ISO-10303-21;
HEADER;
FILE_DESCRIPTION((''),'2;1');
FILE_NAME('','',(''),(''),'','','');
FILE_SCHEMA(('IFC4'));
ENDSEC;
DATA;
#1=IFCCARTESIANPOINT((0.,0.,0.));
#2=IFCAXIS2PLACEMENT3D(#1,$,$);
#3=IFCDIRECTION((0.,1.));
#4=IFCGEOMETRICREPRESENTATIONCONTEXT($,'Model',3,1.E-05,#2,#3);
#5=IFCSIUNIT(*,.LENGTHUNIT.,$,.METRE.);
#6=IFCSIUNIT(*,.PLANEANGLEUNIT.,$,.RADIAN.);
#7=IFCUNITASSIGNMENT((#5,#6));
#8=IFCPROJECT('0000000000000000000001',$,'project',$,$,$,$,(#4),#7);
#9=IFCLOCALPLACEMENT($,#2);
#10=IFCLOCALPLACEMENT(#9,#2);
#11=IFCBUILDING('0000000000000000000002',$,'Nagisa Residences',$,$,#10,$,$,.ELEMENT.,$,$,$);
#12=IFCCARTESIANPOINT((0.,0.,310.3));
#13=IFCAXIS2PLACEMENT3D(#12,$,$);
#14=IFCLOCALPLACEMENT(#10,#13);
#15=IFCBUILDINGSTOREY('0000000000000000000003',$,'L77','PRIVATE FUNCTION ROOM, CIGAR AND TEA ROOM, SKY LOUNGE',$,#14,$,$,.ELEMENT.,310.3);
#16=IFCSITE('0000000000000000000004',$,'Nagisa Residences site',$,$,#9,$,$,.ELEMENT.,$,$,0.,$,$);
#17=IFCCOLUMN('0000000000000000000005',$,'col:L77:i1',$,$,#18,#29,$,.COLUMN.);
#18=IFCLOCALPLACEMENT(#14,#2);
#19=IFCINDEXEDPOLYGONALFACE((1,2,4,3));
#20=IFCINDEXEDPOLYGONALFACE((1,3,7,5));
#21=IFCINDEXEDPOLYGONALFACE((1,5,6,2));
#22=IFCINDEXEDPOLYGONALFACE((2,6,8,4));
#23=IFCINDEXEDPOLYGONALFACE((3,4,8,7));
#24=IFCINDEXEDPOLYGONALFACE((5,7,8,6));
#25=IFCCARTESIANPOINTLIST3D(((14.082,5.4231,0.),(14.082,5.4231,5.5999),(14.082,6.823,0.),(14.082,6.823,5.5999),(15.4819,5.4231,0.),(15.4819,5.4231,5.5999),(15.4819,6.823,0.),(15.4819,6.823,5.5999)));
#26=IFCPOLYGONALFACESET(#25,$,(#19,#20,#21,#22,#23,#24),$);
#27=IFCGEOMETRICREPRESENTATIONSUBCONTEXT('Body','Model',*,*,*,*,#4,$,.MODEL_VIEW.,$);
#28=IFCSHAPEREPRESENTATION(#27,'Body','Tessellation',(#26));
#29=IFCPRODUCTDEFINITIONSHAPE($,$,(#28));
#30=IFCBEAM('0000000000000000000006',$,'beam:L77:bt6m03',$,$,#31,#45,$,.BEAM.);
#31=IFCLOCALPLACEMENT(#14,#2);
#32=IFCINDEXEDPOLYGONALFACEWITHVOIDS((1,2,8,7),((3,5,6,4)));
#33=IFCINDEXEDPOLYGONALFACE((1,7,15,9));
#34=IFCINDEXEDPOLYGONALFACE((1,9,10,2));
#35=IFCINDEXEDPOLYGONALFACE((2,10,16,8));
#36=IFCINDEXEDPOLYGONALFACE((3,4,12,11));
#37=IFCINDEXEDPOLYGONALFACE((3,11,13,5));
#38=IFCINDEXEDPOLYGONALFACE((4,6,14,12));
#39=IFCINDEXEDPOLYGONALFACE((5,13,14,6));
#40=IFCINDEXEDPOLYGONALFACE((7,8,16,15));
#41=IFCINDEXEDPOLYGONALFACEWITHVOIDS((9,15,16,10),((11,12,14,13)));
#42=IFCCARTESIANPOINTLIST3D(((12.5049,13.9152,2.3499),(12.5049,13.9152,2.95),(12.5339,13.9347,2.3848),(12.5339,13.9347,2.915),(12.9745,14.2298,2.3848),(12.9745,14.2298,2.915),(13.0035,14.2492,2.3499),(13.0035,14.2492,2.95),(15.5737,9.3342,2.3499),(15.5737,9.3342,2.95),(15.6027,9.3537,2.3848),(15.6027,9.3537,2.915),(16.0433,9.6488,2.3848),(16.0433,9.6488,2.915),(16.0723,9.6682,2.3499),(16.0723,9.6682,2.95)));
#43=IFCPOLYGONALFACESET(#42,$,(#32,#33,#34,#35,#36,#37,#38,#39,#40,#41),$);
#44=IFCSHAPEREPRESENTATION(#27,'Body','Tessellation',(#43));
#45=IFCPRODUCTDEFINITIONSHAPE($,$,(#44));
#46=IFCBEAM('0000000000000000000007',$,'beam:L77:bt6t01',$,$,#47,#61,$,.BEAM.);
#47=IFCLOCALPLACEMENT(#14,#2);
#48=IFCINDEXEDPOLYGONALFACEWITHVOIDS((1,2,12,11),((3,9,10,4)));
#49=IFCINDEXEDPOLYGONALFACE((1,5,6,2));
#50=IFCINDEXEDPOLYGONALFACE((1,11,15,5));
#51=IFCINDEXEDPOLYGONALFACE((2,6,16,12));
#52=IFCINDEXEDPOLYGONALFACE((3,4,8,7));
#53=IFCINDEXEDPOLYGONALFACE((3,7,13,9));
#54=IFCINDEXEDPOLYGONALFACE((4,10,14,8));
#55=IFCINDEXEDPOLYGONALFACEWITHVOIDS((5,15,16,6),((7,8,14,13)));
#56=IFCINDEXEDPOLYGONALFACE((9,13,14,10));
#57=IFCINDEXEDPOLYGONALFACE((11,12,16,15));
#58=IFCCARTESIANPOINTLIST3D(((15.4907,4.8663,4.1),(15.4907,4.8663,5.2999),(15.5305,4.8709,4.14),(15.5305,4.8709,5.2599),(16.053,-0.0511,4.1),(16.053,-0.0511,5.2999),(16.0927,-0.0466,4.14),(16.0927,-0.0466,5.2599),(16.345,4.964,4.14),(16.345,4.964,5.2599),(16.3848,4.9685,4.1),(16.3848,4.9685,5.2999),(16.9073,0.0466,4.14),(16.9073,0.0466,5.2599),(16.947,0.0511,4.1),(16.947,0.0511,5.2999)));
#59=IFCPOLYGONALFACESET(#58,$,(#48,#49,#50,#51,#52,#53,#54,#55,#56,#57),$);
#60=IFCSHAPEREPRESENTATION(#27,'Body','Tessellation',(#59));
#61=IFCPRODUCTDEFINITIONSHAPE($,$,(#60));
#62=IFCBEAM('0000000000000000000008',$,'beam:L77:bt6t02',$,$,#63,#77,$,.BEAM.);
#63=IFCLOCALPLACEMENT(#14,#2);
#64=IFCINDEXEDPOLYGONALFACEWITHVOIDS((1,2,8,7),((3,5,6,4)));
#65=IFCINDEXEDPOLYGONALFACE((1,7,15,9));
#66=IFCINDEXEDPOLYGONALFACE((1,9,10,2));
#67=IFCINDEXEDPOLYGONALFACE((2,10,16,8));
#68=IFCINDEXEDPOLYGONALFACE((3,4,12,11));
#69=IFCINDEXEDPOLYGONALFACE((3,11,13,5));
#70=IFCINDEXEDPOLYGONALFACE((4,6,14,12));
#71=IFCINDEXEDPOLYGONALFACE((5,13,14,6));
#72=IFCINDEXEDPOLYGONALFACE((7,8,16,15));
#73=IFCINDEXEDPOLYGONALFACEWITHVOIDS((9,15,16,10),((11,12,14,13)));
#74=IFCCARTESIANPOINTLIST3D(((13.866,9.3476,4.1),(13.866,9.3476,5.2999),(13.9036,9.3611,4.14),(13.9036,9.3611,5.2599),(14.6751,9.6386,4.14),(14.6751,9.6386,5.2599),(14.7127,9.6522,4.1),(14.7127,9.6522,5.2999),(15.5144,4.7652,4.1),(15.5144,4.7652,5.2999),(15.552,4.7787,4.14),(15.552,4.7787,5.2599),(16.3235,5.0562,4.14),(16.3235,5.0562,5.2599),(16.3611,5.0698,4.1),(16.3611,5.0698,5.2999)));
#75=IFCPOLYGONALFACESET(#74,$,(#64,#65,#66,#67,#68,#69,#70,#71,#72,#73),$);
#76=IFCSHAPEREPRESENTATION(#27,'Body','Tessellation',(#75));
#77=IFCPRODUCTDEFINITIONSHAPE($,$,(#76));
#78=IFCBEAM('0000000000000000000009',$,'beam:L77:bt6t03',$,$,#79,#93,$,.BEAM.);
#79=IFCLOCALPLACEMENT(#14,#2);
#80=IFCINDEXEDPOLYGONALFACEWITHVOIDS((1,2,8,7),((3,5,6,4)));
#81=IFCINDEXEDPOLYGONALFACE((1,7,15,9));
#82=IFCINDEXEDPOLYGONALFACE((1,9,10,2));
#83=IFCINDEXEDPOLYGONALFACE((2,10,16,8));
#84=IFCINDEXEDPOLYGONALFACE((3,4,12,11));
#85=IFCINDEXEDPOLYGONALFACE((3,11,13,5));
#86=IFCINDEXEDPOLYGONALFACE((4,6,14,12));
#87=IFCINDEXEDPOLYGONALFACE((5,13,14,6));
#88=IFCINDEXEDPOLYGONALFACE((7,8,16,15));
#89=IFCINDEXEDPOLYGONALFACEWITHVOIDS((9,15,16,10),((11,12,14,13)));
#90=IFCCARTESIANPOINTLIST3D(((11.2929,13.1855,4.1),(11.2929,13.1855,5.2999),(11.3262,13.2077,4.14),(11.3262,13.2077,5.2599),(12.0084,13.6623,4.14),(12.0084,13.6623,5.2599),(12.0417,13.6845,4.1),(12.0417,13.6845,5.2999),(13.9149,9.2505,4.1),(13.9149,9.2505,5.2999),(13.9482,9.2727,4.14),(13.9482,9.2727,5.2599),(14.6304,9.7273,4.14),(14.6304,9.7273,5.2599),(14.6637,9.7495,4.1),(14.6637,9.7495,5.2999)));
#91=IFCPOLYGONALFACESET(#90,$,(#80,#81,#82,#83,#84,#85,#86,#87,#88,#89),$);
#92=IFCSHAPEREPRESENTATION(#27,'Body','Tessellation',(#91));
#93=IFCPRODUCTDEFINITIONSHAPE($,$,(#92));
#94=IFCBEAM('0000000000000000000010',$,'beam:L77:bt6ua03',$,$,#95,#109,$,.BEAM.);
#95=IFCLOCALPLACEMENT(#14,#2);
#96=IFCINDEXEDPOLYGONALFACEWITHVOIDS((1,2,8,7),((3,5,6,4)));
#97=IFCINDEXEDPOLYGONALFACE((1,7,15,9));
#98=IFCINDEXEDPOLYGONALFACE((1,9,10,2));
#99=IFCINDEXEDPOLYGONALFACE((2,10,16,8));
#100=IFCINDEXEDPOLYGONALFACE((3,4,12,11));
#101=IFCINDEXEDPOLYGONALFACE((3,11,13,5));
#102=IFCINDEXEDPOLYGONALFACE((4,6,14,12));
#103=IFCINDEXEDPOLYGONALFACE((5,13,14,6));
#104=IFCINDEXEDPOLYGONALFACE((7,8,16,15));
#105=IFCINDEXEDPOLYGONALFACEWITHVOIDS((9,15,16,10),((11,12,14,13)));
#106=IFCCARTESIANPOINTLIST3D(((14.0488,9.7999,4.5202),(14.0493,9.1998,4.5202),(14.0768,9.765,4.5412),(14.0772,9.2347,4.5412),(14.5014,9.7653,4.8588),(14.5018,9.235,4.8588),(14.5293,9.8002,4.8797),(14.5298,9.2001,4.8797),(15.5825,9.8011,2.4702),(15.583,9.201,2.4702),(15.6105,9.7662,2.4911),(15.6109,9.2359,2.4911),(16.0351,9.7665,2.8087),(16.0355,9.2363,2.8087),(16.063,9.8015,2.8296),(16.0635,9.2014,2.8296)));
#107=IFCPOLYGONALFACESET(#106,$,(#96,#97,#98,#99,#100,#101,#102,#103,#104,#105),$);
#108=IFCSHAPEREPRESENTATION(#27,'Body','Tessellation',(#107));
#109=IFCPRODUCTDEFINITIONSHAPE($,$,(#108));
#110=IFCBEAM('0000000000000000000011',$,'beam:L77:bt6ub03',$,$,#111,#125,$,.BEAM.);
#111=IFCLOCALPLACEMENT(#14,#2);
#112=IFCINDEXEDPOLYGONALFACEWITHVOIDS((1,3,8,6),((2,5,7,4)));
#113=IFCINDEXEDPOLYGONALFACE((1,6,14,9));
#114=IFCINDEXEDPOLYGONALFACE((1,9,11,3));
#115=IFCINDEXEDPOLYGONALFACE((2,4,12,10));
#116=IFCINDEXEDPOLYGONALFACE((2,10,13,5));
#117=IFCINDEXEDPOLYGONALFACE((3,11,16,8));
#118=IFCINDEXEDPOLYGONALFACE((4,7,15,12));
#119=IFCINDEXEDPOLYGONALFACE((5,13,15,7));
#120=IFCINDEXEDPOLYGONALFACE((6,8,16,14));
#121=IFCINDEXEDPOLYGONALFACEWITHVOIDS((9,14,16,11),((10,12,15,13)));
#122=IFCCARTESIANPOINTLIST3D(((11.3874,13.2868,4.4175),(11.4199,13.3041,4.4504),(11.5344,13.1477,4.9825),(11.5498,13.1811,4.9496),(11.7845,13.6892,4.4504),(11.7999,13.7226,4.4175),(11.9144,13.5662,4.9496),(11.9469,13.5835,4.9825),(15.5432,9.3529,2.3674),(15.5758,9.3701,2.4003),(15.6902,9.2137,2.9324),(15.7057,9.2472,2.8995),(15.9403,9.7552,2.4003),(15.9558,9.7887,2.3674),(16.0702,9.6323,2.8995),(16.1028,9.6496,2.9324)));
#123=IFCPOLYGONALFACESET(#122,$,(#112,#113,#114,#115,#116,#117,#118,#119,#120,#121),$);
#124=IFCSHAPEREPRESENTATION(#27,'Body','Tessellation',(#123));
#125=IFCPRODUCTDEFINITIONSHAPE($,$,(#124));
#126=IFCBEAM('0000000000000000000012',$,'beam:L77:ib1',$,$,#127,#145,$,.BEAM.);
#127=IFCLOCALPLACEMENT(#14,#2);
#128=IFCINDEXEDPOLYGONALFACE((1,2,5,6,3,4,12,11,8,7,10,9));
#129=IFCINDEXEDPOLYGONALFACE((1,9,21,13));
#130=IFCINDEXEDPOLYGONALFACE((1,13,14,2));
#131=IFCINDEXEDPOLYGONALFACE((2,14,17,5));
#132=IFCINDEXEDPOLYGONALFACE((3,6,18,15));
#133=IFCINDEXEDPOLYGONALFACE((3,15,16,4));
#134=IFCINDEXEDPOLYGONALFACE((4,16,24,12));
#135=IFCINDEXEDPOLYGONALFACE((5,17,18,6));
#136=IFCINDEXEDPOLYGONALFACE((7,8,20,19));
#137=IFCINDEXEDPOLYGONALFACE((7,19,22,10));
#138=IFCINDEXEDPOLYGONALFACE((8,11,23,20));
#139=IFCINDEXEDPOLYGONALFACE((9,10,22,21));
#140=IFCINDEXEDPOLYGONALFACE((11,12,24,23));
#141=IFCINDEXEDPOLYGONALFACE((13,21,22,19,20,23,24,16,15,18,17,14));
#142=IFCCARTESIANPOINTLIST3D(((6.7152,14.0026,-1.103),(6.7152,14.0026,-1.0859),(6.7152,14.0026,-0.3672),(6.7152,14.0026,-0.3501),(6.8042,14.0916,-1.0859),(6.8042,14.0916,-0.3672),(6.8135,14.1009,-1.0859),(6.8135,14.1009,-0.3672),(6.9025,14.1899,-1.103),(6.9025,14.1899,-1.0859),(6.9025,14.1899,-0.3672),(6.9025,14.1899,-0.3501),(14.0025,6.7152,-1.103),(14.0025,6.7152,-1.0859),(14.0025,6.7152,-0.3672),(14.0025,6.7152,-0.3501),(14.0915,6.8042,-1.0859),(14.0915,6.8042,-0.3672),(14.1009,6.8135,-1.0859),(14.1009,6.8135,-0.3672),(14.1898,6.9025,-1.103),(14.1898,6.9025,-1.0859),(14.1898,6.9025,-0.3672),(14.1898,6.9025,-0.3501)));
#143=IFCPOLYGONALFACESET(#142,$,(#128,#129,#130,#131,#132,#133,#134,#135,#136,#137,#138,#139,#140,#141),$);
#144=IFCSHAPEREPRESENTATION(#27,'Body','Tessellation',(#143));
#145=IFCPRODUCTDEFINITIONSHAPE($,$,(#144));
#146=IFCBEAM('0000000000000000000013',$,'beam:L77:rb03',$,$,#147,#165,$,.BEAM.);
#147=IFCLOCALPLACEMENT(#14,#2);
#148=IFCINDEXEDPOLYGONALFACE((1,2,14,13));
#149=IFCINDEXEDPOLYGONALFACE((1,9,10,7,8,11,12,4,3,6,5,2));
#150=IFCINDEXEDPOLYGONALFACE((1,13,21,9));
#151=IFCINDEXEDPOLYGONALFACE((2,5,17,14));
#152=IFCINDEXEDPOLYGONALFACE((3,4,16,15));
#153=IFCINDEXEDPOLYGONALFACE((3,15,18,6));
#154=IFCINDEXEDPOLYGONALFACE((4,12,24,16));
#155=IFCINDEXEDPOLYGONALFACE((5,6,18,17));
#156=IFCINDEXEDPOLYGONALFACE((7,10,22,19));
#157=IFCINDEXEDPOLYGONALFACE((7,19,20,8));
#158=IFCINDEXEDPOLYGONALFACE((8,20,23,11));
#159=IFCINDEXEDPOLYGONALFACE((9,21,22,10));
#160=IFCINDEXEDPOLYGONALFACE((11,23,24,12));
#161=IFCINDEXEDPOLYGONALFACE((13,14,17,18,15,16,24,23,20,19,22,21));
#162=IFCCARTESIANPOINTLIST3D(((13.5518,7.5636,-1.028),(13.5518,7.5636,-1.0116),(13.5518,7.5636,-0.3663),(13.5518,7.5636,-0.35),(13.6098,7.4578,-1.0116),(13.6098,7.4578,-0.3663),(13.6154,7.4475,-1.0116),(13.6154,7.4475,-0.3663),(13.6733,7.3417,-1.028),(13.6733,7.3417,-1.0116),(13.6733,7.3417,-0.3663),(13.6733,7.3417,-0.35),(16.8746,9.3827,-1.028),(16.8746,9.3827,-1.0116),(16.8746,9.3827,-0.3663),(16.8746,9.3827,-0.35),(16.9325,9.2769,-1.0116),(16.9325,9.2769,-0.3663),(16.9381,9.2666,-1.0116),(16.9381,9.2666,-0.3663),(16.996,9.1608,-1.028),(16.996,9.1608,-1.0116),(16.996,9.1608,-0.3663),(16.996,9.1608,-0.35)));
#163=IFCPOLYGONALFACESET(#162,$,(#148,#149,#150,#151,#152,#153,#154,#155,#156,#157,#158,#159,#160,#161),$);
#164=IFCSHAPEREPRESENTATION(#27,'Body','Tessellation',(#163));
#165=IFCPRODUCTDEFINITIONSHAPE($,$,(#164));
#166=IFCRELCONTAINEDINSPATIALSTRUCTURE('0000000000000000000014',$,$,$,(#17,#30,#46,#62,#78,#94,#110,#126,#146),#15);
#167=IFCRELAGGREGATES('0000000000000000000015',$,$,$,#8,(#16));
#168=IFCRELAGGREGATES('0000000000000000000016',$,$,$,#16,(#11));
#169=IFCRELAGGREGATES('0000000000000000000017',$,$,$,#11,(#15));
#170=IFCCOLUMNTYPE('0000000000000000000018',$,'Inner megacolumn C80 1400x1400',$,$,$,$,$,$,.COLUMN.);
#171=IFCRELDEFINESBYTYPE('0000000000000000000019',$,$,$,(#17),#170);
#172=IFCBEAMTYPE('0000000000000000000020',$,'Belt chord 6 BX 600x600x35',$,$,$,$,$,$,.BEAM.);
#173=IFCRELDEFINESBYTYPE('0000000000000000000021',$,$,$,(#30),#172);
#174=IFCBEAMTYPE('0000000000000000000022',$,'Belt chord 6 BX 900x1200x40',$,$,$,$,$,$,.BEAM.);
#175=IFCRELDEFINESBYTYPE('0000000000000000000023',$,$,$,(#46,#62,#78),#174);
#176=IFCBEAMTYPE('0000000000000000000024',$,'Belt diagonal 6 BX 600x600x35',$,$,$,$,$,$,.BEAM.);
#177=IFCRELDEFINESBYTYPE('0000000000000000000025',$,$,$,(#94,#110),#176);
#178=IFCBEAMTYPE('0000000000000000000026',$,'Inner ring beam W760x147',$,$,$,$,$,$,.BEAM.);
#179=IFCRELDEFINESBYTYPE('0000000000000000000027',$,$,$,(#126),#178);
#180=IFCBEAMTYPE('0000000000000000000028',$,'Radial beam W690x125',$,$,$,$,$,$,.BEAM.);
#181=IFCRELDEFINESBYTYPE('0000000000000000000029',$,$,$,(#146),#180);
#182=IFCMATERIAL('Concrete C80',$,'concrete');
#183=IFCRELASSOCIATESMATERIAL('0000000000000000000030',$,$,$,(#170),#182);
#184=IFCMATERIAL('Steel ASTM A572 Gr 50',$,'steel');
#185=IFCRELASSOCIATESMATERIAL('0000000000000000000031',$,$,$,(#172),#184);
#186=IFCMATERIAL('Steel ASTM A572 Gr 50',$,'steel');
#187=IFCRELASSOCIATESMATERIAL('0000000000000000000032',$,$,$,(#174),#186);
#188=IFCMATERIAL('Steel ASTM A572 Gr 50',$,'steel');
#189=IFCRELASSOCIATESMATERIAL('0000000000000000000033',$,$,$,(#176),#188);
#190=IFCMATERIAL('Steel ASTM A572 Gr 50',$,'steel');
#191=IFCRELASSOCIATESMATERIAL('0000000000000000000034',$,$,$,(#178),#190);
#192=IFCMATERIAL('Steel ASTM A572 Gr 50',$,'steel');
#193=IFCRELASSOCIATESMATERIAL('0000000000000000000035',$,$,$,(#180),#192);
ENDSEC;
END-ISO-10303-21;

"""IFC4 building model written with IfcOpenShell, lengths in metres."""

from ifc_helpers import new_model, si_unit, direction, frame, origin, origin_2d, place, context, subcontext, project, spatial, rectangle, hollow_rectangle, i_section, extrude, material, material_profile, profile_set, type_object, element, save


model = new_model("IFC4")

# Units and contexts
model_context = context("Model", 3, precision=1e-05, world=origin(), true_north=direction((0.0, 1.0)))
body_context = subcontext(model_context, "Body", "Model", "MODEL_VIEW")
ifc_project = project(units=[si_unit("LENGTHUNIT", "METRE"), si_unit("PLANEANGLEUNIT", "RADIAN")], contexts=[model_context])

# Site, building, storey
site_placement = place(None, origin())
site = spatial("IfcSite", under=ifc_project, at=site_placement, Name="Nagisa Residences site", CompositionType="ELEMENT", RefElevation=0.0)
building_placement = place(site_placement, origin())
building = spatial("IfcBuilding", under=site, at=building_placement, Name="Nagisa Residences", CompositionType="ELEMENT")
storey_placement = place(building_placement, frame((0.0, 0.0, 310.3)))
storey = spatial("IfcBuildingStorey", under=building, at=storey_placement, Name="L77", Description="PRIVATE FUNCTION ROOM, CIGAR AND TEA ROOM, SKY LOUNGE", CompositionType="ELEMENT", Elevation=310.3)

# Column
ifc_material_1 = material(Name="Concrete C80", Category="concrete")
ifc_material_profile_1 = material_profile(ifc_material_1, rectangle(XDim=1.3999, YDim=1.3999, at=origin_2d()), Name="C80 1400x1400")
ifc_profile_set_1 = profile_set([ifc_material_profile_1], Name="Concrete C80")
column_type = type_object("IfcColumnType", Name="Inner megacolumn C80 1400x1400", PredefinedType="COLUMN", material=ifc_profile_set_1)
column_placement = place(storey_placement, frame((14.782, 6.123, 0.0), z_axis=(0.0, 0.0, 1.0), x_axis=(1.0, 0.0, 0.0)))
element("IfcColumn", 1, at=column_placement, inside=storey, type_object=column_type, Name="col:L77:i1", PredefinedType="COLUMN", context=body_context, shape_type="SweptSolid", body=[
    extrude(rectangle(XDim=1.3999, YDim=1.3999, at=origin_2d()), origin(), (0.0, 0.0, 1.0), 5.5999),
])

# Beams
ifc_material_2 = material(Name="Steel ASTM A572 Gr 50", Category="steel")
ifc_material_profile_2 = material_profile(ifc_material_2, hollow_rectangle(XDim=0.6001, YDim=0.6001, WallThickness=0.0349, at=origin_2d()), Name="BX 600x600x35")
ifc_profile_set_2 = profile_set([ifc_material_profile_2], Name="Steel ASTM A572 Gr 50")
beam_type_1 = type_object("IfcBeamType", Name="Belt chord 6 BX 600x600x35", PredefinedType="BEAM", material=ifc_profile_set_2)
beam_1_placement = place(storey_placement, frame((15.823, 9.5012, 2.6499), z_axis=(-0.556558, 0.830808, 0.0), x_axis=(-0.830808, -0.556558, 0.0)))
element("IfcBeam", 2, at=beam_1_placement, inside=storey, type_object=beam_type_1, Name="beam:L77:bt6m03", PredefinedType="BEAM", context=body_context, shape_type="SweptSolid", body=[
    extrude(hollow_rectangle(XDim=0.6001, YDim=0.6001, WallThickness=0.0349, at=origin_2d()), origin(), (0.0, 0.0, 1.0), 5.5139),
])
ifc_material_3 = material(Name="Steel ASTM A572 Gr 50", Category="steel")
ifc_material_profile_3 = material_profile(ifc_material_3, hollow_rectangle(XDim=0.8999, YDim=1.2, WallThickness=0.04, at=origin_2d()), Name="BX 900x1200x40")
ifc_profile_set_3 = profile_set([ifc_material_profile_3], Name="Steel ASTM A572 Gr 50")
beam_type_2 = type_object("IfcBeamType", Name="Belt chord 6 BX 900x1200x40", PredefinedType="BEAM", material=ifc_profile_set_3)
beam_2_placement = place(storey_placement, frame((16.5, 0.0, 4.7), z_axis=(-0.113598, 0.993527, 0.0), x_axis=(-0.993527, -0.113598, 0.0)))
element("IfcBeam", 3, at=beam_2_placement, inside=storey, type_object=beam_type_2, Name="beam:L77:bt6t01", PredefinedType="BEAM", context=body_context, shape_type="SweptSolid", body=[
    extrude(hollow_rectangle(XDim=0.8999, YDim=1.2, WallThickness=0.04, at=origin_2d()), origin(), (0.0, 0.0, 1.0), 4.9495),
])
beam_3_placement = place(storey_placement, frame((15.9377, 4.9175, 4.7), z_axis=(-0.338489, 0.94097, 0.0), x_axis=(-0.94097, -0.338489, 0.0)))
element("IfcBeam", 4, at=beam_3_placement, inside=storey, type_object=beam_type_2, Name="beam:L77:bt6t02", PredefinedType="BEAM", context=body_context, shape_type="SweptSolid", body=[
    extrude(hollow_rectangle(XDim=0.8999, YDim=1.2, WallThickness=0.04, at=origin_2d()), origin(), (0.0, 0.0, 1.0), 4.8699),
])
beam_4_placement = place(storey_placement, frame((14.2893, 9.5, 4.7), z_axis=(-0.55451, 0.832177, 0.0), x_axis=(-0.832177, -0.55451, 0.0)))
element("IfcBeam", 5, at=beam_4_placement, inside=storey, type_object=beam_type_2, Name="beam:L77:bt6t03", PredefinedType="BEAM", context=body_context, shape_type="SweptSolid", body=[
    extrude(hollow_rectangle(XDim=0.8999, YDim=1.2, WallThickness=0.04, at=origin_2d()), origin(), (0.0, 0.0, 1.0), 4.7285),
])
ifc_material_4 = material(Name="Steel ASTM A572 Gr 50", Category="steel")
ifc_material_profile_4 = material_profile(ifc_material_4, hollow_rectangle(XDim=0.6001, YDim=0.6001, WallThickness=0.0349, at=origin_2d()), Name="BX 600x600x35")
ifc_profile_set_4 = profile_set([ifc_material_profile_4], Name="Steel ASTM A572 Gr 50")
beam_type_3 = type_object("IfcBeamType", Name="Belt diagonal 6 BX 600x600x35", PredefinedType="BEAM", material=ifc_profile_set_4)
beam_5_placement = place(storey_placement, frame((15.823, 9.5012, 2.6499), z_axis=(-0.599038, -0.000477, 0.80072), x_axis=(0.000796, -1.0, 0.0)))
element("IfcBeam", 6, at=beam_5_placement, inside=storey, type_object=beam_type_3, Name="beam:L77:bt6ua03", PredefinedType="BEAM", context=body_context, shape_type="SweptSolid", body=[
    extrude(hollow_rectangle(XDim=0.6001, YDim=0.6001, WallThickness=0.0349, at=origin_2d()), origin(), (0.0, 0.0, 1.0), 2.5603),
])
beam_6_placement = place(storey_placement, frame((15.823, 9.5012, 2.6499), z_axis=(-0.683682, 0.647173, 0.337262), x_axis=(-0.68745, -0.726232, 0.0)))
element("IfcBeam", 7, at=beam_6_placement, inside=storey, type_object=beam_type_3, Name="beam:L77:bt6ub03", PredefinedType="BEAM", context=body_context, shape_type="SweptSolid", body=[
    extrude(hollow_rectangle(XDim=0.6001, YDim=0.6001, WallThickness=0.0349, at=origin_2d()), origin(), (0.0, 0.0, 1.0), 6.0786),
])
ifc_material_5 = material(Name="Steel ASTM A572 Gr 50", Category="steel")
ifc_material_profile_5 = material_profile(ifc_material_5, i_section(OverallWidth=0.2649, OverallDepth=0.7529, WebThickness=0.0132, FlangeThickness=0.0171, at=origin_2d()), Name="W760x147")
ifc_profile_set_5 = profile_set([ifc_material_profile_5], Name="Steel ASTM A572 Gr 50")
beam_type_4 = type_object("IfcBeamType", Name="Inner ring beam W760x147", PredefinedType="BEAM", material=ifc_profile_set_5)
beam_7_placement = place(storey_placement, frame((14.0962, 6.8088, -0.7266), z_axis=(-0.707107, 0.707107, 0.0), x_axis=(-0.707107, -0.707107, 0.0)))
element("IfcBeam", 8, at=beam_7_placement, inside=storey, type_object=beam_type_4, Name="beam:L77:ib1", PredefinedType="BEAM", context=body_context, shape_type="SweptSolid", body=[
    extrude(i_section(OverallWidth=0.2649, OverallDepth=0.7529, WebThickness=0.0132, FlangeThickness=0.0171, at=origin_2d()), origin(), (0.0, 0.0, 1.0), 10.3059),
])
ifc_material_6 = material(Name="Steel ASTM A572 Gr 50", Category="steel")
ifc_material_profile_6 = material_profile(ifc_material_6, i_section(OverallWidth=0.2529, OverallDepth=0.678, WebThickness=0.0117, FlangeThickness=0.0164, at=origin_2d()), Name="W690x125")
ifc_profile_set_6 = profile_set([ifc_material_profile_6], Name="Steel ASTM A572 Gr 50")
beam_type_5 = type_object("IfcBeamType", Name="Radial beam W690x125", PredefinedType="BEAM", material=ifc_profile_set_6)
beam_8_placement = place(storey_placement, frame((16.9353, 9.2717, -0.689), z_axis=(-0.877153, -0.480211, 0.0), x_axis=(0.480211, -0.877153, 0.0)))
element("IfcBeam", 9, at=beam_8_placement, inside=storey, type_object=beam_type_5, Name="beam:L77:rb03", PredefinedType="BEAM", context=body_context, shape_type="SweptSolid", body=[
    extrude(i_section(OverallWidth=0.2529, OverallDepth=0.678, WebThickness=0.0117, FlangeThickness=0.0164, at=origin_2d()), origin(), (0.0, 0.0, 1.0), 3.7881),
])

save(model, "model.ifc")
